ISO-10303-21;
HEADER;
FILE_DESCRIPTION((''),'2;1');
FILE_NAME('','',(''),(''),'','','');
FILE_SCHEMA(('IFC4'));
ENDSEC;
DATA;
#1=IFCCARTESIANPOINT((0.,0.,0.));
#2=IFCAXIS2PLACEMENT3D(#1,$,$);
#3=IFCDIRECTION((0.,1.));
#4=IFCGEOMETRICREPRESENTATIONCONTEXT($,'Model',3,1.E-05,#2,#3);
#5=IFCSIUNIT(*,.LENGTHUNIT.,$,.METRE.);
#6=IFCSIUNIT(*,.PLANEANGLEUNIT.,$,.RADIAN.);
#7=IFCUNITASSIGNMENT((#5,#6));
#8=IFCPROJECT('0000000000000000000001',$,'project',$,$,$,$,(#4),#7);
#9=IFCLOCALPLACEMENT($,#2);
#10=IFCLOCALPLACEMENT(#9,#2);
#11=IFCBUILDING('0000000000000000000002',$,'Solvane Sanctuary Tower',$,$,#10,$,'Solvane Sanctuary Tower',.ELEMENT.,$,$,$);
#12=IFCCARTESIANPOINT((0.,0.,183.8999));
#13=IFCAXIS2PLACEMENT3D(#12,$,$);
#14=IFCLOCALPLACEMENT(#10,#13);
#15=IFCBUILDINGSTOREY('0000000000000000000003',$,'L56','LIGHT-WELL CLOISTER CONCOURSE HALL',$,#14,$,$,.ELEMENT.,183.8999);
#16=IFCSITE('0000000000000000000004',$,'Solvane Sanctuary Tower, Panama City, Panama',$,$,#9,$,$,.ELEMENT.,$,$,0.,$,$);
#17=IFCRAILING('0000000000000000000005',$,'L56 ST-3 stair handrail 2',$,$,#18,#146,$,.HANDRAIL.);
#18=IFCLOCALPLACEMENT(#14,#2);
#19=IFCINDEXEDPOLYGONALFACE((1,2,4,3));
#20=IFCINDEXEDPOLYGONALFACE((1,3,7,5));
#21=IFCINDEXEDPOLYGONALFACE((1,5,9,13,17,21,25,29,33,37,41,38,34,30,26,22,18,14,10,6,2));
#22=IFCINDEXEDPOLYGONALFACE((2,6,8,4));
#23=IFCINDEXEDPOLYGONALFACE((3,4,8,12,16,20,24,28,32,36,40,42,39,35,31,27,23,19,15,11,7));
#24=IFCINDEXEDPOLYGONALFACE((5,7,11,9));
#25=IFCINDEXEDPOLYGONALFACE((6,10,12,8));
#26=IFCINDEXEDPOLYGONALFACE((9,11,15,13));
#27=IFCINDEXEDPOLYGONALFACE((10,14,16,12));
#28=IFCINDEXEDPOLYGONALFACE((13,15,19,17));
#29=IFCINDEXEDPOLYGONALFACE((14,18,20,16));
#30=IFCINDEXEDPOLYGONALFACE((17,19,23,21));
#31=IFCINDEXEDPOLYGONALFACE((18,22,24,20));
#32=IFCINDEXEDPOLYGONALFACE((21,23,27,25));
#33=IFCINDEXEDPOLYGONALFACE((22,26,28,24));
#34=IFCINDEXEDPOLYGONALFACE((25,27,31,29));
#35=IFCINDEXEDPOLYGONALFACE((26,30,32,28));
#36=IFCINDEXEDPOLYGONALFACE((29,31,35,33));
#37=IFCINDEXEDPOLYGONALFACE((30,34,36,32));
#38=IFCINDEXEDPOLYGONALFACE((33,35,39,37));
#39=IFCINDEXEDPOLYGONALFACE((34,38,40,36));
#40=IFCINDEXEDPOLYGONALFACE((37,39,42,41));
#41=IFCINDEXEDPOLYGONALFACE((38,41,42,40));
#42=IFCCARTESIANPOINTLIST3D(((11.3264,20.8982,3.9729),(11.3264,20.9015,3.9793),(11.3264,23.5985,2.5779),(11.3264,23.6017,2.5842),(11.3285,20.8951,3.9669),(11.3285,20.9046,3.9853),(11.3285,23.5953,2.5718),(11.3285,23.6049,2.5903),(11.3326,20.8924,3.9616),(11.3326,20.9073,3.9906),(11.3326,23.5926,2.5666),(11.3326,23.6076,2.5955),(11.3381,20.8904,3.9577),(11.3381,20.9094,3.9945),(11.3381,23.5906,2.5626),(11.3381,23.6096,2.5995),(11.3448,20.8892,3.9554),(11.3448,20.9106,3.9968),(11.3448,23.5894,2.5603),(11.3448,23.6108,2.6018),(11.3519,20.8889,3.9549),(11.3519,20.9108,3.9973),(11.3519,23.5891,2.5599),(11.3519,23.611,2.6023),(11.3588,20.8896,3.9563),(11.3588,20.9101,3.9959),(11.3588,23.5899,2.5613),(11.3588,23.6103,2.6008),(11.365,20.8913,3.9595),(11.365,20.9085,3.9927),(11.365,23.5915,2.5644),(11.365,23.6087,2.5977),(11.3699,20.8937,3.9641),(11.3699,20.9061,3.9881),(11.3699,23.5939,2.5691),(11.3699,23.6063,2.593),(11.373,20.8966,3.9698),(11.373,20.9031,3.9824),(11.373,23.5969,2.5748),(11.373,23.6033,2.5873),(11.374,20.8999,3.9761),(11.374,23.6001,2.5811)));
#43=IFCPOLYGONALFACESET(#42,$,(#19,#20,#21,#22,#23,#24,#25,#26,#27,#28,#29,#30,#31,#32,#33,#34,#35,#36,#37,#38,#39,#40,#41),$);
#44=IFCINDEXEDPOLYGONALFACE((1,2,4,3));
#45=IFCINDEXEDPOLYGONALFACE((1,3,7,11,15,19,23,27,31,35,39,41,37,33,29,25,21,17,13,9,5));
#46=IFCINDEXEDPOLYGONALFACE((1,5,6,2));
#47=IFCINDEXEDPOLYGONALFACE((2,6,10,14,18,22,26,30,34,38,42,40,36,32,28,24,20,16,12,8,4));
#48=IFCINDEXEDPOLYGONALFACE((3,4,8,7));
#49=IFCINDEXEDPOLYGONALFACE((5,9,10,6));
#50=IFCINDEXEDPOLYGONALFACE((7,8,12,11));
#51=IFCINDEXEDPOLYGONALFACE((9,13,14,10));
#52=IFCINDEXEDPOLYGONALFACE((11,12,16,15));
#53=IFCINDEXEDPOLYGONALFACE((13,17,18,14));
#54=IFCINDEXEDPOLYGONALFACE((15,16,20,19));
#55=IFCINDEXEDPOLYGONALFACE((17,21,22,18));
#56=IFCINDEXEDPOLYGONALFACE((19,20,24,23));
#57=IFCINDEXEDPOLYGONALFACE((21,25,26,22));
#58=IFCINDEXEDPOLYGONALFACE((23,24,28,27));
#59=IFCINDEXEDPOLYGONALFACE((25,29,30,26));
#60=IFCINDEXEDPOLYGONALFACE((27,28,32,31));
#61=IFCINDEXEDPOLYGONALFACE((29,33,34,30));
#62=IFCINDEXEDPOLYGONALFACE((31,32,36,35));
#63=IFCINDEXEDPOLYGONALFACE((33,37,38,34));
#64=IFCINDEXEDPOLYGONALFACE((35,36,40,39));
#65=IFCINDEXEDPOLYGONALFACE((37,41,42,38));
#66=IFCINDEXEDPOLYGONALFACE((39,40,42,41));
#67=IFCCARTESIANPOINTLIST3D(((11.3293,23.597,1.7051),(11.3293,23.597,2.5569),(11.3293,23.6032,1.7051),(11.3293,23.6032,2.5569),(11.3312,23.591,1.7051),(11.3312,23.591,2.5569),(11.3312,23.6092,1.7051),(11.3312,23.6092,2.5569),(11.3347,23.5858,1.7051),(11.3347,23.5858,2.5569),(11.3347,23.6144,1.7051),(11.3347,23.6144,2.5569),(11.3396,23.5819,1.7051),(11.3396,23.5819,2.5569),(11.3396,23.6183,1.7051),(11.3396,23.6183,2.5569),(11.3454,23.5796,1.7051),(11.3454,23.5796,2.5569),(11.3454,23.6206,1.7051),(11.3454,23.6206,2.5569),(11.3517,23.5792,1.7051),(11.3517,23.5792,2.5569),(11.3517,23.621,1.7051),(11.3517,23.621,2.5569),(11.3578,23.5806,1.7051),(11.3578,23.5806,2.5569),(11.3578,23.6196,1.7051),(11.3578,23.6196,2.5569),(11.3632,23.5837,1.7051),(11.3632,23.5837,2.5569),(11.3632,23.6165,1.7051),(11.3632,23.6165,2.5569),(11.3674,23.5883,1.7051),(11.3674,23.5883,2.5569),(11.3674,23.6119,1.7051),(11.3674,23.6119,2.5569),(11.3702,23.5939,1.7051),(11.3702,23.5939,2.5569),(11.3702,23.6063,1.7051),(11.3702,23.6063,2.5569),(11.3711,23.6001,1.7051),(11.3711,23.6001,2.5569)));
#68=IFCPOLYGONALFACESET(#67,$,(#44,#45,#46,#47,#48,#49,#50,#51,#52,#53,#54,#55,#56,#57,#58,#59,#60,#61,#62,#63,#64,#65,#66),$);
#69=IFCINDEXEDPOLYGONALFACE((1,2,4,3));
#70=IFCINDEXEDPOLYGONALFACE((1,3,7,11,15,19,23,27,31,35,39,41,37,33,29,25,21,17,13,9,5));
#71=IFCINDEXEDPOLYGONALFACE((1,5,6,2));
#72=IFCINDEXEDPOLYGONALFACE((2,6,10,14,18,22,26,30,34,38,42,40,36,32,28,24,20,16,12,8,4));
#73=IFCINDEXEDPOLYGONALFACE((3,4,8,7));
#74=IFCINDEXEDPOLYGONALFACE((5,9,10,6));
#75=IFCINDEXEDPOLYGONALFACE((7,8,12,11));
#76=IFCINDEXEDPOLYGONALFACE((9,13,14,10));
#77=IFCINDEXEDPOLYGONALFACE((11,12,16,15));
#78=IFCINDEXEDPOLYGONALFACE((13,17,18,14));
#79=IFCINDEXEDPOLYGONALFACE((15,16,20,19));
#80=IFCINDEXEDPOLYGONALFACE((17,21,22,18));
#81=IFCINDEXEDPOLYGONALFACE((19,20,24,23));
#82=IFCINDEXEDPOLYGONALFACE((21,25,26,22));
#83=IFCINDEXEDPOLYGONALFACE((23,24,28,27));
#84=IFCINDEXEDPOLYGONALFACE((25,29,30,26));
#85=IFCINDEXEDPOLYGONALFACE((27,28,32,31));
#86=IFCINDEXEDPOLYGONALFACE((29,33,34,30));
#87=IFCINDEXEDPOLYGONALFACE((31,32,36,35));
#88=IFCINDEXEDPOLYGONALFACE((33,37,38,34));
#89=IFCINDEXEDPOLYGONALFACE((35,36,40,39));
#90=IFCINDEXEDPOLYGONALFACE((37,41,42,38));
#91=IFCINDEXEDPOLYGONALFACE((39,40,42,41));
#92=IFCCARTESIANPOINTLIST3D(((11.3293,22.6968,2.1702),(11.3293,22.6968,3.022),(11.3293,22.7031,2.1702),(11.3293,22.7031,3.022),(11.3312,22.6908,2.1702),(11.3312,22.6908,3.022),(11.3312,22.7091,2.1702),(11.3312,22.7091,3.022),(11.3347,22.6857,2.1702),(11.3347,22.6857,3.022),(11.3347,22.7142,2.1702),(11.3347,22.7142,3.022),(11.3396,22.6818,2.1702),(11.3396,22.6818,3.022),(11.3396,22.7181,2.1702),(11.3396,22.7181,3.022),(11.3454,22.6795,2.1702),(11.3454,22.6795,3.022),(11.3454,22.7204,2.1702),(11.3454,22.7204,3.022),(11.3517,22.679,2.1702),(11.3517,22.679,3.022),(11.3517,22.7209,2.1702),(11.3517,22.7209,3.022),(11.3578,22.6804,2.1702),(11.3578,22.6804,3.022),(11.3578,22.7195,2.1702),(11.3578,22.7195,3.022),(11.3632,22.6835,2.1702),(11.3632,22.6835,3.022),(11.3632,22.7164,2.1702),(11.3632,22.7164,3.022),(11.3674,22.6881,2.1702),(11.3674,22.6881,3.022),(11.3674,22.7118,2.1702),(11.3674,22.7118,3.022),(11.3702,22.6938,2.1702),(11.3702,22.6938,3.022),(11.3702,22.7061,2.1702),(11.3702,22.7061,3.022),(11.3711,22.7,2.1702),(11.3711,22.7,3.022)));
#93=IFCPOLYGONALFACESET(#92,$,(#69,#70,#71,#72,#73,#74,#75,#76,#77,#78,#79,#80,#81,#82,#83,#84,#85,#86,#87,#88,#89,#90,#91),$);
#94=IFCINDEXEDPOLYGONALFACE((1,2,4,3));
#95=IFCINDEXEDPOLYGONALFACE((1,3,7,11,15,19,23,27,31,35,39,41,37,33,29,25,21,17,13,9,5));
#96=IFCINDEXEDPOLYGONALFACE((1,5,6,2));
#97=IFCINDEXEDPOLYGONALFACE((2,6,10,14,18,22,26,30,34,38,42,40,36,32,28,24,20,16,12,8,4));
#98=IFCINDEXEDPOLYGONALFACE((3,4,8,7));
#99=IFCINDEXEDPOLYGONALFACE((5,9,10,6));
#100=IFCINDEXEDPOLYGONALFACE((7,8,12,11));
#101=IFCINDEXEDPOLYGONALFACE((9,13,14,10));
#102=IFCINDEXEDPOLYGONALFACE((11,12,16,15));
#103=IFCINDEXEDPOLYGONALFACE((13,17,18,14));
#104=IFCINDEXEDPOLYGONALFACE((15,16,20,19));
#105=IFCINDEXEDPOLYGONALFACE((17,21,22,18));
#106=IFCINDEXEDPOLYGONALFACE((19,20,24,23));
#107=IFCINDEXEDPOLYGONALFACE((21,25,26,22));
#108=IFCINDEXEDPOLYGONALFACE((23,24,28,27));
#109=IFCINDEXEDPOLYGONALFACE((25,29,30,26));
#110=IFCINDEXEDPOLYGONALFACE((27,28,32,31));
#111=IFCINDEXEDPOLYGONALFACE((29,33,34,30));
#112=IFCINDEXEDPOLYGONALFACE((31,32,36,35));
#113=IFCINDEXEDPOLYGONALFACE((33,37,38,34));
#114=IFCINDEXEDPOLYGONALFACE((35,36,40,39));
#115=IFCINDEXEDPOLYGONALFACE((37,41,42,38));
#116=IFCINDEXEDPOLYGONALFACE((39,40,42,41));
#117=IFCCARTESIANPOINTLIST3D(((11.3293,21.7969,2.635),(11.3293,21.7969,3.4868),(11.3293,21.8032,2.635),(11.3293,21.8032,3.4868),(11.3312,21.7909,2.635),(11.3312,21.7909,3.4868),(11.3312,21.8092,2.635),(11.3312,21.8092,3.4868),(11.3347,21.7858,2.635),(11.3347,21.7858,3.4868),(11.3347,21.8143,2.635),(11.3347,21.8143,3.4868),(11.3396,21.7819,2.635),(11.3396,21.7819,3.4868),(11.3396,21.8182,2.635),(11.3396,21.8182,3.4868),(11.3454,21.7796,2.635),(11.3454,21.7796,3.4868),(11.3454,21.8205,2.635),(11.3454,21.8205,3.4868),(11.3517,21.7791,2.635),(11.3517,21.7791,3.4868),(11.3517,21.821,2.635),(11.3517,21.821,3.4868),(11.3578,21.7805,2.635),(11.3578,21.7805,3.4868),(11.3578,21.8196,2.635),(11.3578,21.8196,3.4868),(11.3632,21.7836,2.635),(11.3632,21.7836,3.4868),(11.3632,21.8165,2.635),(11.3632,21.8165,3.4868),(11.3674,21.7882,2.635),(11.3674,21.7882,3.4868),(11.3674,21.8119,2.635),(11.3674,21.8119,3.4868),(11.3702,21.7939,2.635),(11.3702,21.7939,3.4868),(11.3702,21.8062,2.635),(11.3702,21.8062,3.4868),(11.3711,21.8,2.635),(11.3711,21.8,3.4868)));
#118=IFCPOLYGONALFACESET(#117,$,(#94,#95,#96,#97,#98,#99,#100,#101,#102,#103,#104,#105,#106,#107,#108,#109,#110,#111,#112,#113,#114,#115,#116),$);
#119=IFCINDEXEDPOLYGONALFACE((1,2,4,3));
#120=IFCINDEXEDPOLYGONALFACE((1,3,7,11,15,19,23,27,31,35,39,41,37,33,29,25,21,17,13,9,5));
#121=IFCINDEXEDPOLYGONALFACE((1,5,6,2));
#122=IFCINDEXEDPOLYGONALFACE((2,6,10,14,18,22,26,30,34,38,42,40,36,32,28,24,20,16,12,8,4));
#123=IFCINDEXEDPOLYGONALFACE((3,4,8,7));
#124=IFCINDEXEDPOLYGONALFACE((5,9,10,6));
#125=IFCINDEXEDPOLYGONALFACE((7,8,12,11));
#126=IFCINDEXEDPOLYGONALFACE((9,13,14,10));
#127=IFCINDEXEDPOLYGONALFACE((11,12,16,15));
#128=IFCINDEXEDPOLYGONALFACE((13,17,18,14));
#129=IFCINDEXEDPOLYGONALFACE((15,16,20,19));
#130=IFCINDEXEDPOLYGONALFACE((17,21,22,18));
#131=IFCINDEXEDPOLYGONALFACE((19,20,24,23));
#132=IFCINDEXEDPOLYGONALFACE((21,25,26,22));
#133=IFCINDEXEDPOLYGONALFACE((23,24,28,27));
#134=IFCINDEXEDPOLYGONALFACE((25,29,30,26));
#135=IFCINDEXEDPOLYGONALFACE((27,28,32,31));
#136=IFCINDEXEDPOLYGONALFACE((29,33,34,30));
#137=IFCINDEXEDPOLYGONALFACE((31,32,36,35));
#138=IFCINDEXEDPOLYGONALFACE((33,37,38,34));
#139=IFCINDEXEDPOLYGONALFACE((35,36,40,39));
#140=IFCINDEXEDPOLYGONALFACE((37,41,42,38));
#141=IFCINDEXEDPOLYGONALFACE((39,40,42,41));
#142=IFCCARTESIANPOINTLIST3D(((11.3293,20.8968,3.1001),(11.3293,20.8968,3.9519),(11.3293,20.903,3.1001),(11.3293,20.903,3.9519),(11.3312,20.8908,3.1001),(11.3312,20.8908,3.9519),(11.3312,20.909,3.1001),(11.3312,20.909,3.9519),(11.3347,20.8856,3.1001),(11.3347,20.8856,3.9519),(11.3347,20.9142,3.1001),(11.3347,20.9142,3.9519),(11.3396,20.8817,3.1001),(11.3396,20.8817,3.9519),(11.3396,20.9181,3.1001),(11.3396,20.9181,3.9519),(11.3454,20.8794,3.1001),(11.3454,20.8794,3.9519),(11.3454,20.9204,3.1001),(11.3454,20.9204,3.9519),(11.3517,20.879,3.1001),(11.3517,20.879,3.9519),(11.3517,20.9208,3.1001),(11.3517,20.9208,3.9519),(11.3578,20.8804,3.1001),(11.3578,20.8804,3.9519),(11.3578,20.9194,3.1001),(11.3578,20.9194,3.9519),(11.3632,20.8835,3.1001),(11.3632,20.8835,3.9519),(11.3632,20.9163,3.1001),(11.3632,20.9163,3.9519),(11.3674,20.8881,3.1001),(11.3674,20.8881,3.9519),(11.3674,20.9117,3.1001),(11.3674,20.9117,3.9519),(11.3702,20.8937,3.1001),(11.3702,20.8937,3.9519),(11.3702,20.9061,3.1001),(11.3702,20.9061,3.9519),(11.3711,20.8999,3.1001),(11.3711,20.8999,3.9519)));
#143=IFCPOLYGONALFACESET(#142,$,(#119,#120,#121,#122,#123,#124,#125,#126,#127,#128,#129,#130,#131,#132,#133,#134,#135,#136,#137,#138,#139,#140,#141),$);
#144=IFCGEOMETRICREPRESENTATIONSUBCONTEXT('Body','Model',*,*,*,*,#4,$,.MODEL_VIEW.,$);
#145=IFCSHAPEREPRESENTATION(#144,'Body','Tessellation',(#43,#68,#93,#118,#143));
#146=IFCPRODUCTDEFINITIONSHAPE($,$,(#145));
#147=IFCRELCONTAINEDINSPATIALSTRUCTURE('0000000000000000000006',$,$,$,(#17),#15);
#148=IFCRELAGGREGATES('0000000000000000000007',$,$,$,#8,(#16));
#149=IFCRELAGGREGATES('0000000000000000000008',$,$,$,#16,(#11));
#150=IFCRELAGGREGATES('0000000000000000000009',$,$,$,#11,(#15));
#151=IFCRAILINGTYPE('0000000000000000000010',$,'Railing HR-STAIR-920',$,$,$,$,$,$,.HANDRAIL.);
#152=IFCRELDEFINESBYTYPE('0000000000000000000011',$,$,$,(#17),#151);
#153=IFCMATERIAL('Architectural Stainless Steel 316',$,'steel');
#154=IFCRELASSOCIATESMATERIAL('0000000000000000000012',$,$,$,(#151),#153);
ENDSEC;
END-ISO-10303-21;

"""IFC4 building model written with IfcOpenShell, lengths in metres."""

from ifc_helpers import new_model, si_unit, direction, frame, origin, origin_2d, place, context, subcontext, project, spatial, circle, extrude, material, type_object, element, save


model = new_model("IFC4")

# Units and contexts
model_context = context("Model", 3, precision=1e-05, world=origin(), true_north=direction((0.0, 1.0)))
body_context = subcontext(model_context, "Body", "Model", "MODEL_VIEW")
ifc_project = project(units=[si_unit("LENGTHUNIT", "METRE"), si_unit("PLANEANGLEUNIT", "RADIAN")], contexts=[model_context])

# Site, building, storey
site_placement = place(None, origin())
site = spatial("IfcSite", under=ifc_project, at=site_placement, Name="Solvane Sanctuary Tower, Panama City, Panama", CompositionType="ELEMENT", RefElevation=0.0)
building_placement = place(site_placement, origin())
building = spatial("IfcBuilding", under=site, at=building_placement, Name="Solvane Sanctuary Tower", LongName="Solvane Sanctuary Tower", CompositionType="ELEMENT")
storey_placement = place(building_placement, frame((0.0, 0.0, 183.8999)))
storey = spatial("IfcBuildingStorey", under=building, at=storey_placement, Name="L56", Description="LIGHT-WELL CLOISTER CONCOURSE HALL", CompositionType="ELEMENT", Elevation=183.8999)

# Railing
ifc_material_1 = material(Name="Architectural Stainless Steel 316", Category="steel")
railing_type_1 = type_object("IfcRailingType", Name="Railing HR-STAIR-920", PredefinedType="HANDRAIL", material=ifc_material_1)
railing_1_placement = place(storey_placement, frame((11.3501, 23.6001, 1.7051)))
element("IfcRailing", 1, at=railing_1_placement, inside=storey, type_object=railing_type_1, Name="L56 ST-3 stair handrail 2", PredefinedType="HANDRAIL", context=body_context, shape_type="SweptSolid", body=[
    extrude(circle(Radius=0.0239, at=origin_2d()), frame((0.0, 0.0, 0.876), z_axis=(0.0, -0.888437, 0.458999), x_axis=(1.0, 0.0, 0.0)), (0.0, 0.0, 1.0), 3.0393),
    extrude(circle(Radius=0.021, at=origin_2d()), origin(), (0.0, 0.0, 1.0), 0.8518),
    extrude(circle(Radius=0.021, at=origin_2d()), frame((0.0, -0.9001, 0.4651)), (0.0, 0.0, 1.0), 0.8518),
    extrude(circle(Radius=0.021, at=origin_2d()), frame((0.0, -1.8, 0.9299)), (0.0, 0.0, 1.0), 0.8518),
    extrude(circle(Radius=0.021, at=origin_2d()), frame((0.0, -2.7002, 1.395)), (0.0, 0.0, 1.0), 0.8518),
])

save(model, "model.ifc")
